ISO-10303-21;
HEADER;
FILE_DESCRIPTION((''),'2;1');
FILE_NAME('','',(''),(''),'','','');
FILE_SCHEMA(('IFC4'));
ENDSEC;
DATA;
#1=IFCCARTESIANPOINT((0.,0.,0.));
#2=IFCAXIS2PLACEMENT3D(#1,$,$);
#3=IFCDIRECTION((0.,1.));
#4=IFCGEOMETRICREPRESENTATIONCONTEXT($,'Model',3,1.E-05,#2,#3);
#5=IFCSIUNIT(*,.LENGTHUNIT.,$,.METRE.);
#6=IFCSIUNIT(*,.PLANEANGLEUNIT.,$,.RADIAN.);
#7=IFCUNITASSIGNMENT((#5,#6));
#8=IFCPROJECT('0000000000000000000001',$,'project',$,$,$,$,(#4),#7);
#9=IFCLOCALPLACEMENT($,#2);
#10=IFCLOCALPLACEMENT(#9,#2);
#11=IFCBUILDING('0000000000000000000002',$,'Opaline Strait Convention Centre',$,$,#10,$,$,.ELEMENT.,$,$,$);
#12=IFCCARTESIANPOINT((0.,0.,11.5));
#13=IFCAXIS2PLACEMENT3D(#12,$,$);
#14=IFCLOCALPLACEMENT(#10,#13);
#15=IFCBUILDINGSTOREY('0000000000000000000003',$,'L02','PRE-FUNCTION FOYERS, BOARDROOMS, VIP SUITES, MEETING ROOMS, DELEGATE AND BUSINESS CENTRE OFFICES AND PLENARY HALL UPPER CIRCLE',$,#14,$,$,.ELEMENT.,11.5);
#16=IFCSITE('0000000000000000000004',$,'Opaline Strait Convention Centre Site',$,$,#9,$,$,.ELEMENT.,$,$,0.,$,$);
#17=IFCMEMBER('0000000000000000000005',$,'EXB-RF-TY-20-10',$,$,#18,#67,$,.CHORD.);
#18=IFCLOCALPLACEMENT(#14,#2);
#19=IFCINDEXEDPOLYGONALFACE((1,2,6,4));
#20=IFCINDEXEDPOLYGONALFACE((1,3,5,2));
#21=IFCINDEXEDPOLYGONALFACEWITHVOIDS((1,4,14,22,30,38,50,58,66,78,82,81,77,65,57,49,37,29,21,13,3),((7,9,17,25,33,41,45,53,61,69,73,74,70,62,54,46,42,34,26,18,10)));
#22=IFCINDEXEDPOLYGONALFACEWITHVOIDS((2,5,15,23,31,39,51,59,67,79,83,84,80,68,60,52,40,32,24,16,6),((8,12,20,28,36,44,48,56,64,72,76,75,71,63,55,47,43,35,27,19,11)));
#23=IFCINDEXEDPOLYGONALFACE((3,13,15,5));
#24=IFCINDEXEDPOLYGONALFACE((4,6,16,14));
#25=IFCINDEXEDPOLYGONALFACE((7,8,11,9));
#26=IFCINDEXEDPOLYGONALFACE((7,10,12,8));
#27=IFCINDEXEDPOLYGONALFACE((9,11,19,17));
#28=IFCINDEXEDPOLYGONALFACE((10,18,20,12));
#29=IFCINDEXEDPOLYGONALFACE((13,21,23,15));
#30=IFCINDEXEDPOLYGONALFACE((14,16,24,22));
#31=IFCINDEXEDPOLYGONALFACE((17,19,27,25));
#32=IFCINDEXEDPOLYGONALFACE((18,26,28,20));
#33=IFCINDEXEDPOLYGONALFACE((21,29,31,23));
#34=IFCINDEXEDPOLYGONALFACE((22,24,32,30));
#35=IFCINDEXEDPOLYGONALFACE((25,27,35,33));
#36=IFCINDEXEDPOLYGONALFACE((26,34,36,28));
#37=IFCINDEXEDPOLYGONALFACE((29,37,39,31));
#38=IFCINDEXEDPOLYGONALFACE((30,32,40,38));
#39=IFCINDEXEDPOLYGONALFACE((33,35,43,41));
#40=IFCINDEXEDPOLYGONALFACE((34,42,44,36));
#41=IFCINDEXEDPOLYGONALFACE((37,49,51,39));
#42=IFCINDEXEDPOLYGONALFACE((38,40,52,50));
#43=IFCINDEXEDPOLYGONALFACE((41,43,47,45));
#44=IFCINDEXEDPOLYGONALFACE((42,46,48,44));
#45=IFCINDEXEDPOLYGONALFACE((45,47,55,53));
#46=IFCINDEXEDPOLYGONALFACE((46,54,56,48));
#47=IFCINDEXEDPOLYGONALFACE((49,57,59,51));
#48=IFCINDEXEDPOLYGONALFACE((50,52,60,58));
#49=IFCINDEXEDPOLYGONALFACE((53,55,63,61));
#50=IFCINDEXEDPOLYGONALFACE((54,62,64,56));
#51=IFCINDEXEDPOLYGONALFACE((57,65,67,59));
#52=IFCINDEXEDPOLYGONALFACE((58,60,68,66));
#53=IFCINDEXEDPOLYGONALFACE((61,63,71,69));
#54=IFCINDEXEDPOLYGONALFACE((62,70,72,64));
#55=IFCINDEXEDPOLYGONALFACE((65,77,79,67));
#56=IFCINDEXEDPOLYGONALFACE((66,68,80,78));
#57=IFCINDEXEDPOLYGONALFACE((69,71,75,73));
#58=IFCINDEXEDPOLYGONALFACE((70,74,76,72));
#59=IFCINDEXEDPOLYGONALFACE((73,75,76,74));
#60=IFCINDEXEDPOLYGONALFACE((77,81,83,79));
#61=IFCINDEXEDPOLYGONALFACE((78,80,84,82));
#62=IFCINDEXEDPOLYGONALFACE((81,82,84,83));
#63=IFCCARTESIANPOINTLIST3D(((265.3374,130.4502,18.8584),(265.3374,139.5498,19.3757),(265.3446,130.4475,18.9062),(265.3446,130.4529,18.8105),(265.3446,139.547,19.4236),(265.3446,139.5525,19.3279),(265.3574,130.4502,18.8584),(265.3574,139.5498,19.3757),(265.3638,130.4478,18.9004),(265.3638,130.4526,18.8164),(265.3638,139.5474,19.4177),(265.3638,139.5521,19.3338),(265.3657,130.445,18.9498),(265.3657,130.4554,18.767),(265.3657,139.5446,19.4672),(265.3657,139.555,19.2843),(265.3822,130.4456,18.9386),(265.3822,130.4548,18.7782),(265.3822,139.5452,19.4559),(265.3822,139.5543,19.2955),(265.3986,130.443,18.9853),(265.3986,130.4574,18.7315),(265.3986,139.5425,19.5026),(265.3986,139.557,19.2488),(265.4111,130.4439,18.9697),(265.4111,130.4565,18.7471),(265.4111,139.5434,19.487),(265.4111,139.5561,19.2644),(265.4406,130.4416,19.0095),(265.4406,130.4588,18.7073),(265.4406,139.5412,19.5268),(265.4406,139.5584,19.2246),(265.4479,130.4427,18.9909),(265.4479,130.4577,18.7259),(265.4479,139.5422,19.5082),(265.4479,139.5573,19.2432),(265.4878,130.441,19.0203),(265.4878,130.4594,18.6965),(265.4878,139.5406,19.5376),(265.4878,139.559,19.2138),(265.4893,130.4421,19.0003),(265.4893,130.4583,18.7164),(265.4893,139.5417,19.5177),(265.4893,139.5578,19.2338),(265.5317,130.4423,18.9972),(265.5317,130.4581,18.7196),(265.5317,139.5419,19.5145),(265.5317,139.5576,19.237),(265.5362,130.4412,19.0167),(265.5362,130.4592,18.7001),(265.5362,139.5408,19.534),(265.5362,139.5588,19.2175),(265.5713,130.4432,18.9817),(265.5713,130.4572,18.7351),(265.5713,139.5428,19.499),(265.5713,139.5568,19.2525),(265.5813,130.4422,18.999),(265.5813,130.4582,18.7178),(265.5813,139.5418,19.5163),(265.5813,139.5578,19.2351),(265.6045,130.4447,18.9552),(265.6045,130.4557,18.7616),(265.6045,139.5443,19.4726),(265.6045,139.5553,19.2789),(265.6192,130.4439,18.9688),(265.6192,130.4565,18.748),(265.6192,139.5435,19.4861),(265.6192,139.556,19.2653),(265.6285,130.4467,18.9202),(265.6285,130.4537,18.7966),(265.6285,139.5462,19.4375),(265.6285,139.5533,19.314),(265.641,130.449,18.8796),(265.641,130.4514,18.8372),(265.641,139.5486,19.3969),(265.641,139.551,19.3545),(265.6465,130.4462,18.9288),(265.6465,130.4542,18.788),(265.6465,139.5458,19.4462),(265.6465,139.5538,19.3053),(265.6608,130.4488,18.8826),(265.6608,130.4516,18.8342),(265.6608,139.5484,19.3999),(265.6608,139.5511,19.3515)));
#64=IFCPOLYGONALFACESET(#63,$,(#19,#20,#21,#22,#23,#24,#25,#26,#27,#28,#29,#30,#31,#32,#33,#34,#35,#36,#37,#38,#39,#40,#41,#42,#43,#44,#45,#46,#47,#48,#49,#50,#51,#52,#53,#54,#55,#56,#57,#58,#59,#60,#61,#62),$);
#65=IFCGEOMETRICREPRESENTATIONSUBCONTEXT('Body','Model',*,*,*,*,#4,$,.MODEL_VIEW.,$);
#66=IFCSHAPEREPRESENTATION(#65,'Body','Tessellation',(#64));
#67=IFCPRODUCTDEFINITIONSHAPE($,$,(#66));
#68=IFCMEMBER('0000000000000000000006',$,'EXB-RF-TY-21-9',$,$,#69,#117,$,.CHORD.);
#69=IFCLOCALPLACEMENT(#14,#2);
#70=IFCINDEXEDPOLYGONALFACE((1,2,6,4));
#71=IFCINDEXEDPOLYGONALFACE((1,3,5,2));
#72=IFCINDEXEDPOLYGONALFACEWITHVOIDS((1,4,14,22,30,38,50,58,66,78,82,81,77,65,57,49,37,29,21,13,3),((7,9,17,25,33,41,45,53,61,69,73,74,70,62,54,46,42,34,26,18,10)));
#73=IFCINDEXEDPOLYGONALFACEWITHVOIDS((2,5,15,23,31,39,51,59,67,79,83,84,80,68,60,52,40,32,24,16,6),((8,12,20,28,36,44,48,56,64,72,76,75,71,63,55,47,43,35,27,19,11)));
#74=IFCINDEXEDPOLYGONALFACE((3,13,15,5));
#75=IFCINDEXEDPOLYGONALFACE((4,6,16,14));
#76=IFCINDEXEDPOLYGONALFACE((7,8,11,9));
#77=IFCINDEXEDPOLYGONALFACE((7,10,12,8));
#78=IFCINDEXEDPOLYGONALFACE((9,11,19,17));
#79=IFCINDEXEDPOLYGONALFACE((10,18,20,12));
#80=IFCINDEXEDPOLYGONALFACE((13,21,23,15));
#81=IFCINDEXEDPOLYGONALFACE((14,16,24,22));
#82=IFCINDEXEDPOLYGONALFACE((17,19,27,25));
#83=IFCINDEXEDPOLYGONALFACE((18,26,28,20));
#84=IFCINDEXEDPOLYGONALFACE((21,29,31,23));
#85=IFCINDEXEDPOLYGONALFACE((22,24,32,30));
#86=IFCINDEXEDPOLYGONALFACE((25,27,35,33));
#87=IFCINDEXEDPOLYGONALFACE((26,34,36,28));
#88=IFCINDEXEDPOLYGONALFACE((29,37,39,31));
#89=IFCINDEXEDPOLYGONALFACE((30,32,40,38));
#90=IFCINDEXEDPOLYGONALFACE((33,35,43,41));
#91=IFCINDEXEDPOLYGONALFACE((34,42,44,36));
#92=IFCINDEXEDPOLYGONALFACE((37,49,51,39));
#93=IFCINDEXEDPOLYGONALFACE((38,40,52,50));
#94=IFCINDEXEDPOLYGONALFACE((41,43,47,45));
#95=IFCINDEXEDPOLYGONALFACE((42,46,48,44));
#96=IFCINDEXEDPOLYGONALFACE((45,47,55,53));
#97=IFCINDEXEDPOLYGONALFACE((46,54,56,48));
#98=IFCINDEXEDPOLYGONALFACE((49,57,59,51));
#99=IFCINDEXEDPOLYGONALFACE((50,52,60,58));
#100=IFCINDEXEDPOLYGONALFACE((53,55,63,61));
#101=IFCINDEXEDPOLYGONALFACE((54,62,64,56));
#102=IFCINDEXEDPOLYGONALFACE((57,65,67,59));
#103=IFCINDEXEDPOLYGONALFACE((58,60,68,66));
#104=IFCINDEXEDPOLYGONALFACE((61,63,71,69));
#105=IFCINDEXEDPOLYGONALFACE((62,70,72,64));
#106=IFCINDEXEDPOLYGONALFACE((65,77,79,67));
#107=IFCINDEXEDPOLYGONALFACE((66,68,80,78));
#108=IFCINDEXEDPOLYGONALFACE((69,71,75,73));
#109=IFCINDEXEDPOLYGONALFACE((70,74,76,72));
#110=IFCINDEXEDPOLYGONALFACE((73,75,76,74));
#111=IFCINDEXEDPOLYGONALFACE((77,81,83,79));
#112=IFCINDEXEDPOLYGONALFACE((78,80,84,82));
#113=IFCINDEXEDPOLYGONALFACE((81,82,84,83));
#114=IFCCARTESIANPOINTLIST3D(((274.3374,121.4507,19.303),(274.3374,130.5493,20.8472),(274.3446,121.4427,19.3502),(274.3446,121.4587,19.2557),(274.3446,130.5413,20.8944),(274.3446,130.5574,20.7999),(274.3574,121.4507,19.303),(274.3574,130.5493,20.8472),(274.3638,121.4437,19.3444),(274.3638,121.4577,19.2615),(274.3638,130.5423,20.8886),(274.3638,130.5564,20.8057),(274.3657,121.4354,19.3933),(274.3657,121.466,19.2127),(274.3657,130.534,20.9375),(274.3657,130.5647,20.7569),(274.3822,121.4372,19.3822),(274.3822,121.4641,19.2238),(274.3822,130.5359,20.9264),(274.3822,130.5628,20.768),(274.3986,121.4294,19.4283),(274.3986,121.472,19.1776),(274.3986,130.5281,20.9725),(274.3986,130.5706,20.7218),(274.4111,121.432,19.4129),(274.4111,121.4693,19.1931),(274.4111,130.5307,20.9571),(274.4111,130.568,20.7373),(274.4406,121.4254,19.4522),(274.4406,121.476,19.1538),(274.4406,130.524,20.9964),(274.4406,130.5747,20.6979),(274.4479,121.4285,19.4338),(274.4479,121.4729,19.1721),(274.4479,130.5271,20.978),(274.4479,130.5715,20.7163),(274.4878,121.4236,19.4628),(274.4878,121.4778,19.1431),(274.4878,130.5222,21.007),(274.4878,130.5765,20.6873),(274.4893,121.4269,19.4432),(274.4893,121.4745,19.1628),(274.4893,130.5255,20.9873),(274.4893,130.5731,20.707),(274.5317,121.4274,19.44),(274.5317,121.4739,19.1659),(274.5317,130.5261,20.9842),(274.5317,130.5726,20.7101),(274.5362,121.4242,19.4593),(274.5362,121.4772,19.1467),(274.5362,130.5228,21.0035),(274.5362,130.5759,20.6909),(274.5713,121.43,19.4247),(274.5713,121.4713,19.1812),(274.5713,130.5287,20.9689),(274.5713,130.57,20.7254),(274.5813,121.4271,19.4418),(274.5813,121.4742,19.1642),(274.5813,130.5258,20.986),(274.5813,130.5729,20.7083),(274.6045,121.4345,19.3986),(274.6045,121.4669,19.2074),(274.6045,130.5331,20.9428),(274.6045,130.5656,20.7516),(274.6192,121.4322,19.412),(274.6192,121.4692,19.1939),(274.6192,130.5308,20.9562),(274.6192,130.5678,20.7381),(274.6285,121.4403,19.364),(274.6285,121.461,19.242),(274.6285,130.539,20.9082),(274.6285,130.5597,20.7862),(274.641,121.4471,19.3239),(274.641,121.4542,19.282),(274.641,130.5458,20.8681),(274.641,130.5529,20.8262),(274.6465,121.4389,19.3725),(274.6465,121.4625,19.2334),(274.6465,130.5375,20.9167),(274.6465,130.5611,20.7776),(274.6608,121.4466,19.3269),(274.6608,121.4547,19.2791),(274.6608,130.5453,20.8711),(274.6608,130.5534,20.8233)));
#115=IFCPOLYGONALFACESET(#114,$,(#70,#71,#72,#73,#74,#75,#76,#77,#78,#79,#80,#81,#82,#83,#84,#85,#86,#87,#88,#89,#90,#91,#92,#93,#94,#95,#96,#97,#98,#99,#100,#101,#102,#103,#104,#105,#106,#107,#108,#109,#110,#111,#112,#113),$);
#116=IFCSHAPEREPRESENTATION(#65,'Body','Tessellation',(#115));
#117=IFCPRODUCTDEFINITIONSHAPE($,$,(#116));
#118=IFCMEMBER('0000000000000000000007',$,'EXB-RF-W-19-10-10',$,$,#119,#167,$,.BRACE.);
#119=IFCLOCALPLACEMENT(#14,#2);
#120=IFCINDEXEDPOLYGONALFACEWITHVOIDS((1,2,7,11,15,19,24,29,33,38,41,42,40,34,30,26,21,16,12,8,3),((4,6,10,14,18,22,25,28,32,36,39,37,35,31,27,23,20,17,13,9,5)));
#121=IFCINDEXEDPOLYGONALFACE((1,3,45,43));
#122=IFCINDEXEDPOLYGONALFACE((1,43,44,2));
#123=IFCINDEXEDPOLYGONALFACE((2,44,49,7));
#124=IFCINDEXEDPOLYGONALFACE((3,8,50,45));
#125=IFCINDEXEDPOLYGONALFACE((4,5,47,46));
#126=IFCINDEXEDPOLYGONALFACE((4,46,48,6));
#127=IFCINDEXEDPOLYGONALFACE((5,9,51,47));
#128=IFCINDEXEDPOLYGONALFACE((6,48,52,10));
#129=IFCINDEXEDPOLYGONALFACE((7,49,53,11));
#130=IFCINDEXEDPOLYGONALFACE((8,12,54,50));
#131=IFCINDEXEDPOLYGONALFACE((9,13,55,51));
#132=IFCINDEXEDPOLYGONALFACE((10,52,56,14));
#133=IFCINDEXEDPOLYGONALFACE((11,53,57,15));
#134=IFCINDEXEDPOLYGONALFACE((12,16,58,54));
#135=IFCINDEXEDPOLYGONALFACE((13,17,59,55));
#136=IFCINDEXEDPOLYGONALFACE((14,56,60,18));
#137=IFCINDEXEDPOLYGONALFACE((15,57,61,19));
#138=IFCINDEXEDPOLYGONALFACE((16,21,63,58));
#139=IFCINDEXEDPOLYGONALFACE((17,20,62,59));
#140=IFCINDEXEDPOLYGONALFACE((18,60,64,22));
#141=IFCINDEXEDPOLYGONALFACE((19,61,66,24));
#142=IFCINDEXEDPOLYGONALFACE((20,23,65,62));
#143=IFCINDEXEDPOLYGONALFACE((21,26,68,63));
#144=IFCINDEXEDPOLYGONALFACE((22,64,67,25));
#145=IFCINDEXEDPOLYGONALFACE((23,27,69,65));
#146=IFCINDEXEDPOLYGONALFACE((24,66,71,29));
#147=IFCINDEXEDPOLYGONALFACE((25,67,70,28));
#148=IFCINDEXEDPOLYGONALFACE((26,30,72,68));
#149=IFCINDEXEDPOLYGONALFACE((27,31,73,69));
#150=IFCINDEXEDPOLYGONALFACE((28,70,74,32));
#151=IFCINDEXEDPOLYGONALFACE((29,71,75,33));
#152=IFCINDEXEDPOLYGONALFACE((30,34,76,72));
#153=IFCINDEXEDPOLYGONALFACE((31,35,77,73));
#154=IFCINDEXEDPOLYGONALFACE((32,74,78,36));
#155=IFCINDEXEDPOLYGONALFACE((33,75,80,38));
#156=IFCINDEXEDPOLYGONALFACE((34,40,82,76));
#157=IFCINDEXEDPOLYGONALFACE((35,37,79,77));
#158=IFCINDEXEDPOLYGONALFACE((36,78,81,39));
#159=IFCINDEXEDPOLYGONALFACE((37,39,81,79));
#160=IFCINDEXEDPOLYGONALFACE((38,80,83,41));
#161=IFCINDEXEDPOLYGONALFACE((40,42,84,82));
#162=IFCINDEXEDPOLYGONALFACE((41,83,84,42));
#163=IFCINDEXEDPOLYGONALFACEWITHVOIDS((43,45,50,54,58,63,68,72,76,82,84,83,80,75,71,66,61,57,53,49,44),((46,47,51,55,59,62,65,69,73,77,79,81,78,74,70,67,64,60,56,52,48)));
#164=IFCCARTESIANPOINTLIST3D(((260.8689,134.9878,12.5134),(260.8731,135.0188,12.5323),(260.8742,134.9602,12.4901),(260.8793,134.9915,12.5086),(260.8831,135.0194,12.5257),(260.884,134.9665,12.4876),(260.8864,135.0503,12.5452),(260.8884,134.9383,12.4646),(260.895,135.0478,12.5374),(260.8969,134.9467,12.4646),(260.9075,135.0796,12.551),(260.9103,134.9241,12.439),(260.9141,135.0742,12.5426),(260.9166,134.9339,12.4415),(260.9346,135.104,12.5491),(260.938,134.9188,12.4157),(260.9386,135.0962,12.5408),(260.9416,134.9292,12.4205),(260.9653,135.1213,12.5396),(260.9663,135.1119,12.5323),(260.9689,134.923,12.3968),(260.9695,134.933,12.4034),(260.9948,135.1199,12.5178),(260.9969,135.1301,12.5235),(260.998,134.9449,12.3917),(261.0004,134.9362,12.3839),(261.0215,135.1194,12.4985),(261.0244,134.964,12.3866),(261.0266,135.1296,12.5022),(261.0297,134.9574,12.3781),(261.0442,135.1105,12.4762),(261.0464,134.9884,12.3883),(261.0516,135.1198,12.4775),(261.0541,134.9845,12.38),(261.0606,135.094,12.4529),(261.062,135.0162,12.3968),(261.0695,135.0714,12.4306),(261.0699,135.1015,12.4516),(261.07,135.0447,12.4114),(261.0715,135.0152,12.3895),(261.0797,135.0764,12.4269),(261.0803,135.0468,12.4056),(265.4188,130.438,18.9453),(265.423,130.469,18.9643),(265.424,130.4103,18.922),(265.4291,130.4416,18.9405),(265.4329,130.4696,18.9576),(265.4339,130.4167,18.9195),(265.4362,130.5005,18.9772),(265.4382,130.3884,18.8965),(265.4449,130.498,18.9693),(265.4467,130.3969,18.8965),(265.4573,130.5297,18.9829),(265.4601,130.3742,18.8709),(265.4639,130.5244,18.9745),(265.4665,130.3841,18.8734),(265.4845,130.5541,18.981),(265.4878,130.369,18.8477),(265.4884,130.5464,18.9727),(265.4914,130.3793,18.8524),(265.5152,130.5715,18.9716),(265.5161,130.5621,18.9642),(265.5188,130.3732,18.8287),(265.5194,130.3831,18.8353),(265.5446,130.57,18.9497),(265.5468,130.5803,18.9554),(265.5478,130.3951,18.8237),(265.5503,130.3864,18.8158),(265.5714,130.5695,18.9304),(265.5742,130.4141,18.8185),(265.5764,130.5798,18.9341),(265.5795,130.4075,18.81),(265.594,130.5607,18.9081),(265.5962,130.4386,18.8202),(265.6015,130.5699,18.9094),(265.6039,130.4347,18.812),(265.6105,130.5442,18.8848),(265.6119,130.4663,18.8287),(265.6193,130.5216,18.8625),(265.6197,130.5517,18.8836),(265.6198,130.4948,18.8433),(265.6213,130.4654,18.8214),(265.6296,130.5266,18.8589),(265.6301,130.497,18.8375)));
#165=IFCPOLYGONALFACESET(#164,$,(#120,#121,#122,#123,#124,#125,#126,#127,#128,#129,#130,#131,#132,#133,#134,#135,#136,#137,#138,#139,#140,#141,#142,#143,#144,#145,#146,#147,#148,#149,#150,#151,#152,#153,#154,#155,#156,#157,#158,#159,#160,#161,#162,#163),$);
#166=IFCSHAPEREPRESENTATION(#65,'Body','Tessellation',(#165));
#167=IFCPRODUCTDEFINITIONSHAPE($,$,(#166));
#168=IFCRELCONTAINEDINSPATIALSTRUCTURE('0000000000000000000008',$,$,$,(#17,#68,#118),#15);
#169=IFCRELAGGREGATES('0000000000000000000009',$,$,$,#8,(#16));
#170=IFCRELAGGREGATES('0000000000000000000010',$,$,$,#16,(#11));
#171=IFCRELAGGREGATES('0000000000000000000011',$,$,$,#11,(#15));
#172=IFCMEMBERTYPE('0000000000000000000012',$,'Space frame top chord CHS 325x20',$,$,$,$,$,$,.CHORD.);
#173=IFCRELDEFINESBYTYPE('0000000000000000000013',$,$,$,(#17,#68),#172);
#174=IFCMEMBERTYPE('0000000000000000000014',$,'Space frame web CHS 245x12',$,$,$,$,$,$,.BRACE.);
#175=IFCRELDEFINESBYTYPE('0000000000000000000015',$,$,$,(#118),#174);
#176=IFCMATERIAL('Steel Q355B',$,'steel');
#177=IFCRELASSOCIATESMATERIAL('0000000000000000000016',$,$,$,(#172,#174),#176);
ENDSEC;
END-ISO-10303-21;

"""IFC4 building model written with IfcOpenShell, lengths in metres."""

from ifc_helpers import new_model, si_unit, direction, frame, origin, origin_2d, place, context, subcontext, project, spatial, hollow_circle, extrude, material, material_profile, profile_set, type_object, element, save


model = new_model("IFC4")

# Units and contexts
model_context = context("Model", 3, precision=1e-05, world=origin(), true_north=direction((0.0, 1.0)))
body_context = subcontext(model_context, "Body", "Model", "MODEL_VIEW")
ifc_project = project(units=[si_unit("LENGTHUNIT", "METRE"), si_unit("PLANEANGLEUNIT", "RADIAN")], contexts=[model_context])

# Site, building, storey
site_placement = place(None, origin())
site = spatial("IfcSite", under=ifc_project, at=site_placement, Name="Opaline Strait Convention Centre Site", CompositionType="ELEMENT", RefElevation=0.0)
building_placement = place(site_placement, origin())
building = spatial("IfcBuilding", under=site, at=building_placement, Name="Opaline Strait Convention Centre", CompositionType="ELEMENT")
storey_placement = place(building_placement, frame((0.0, 0.0, 11.5)))
storey = spatial("IfcBuildingStorey", under=building, at=storey_placement, Name="L02", Description="PRE-FUNCTION FOYERS, BOARDROOMS, VIP SUITES, MEETING ROOMS, DELEGATE AND BUSINESS CENTRE OFFICES AND PLENARY HALL UPPER CIRCLE", CompositionType="ELEMENT", Elevation=11.5)

# Members
ifc_material_1 = material(Name="Steel Q355B", Category="steel")
ifc_material_profile_1 = material_profile(ifc_material_1, hollow_circle(Radius=0.1626, WallThickness=0.02, at=origin_2d()), Name="CHS 325x20")
ifc_profile_set_1 = profile_set([ifc_material_profile_1], Name="Steel Q355B")
member_type_1 = type_object("IfcMemberType", Name="Space frame top chord CHS 325x20", PredefinedType="CHORD", material=ifc_profile_set_1)
member_1_placement = place(storey_placement, frame((265.5, 130.4502, 18.8584), z_axis=(0.0, 0.998388, 0.056761), x_axis=(-1.0, 0.0, 0.0)))
element("IfcMember", 1, at=member_1_placement, inside=storey, type_object=member_type_1, Name="EXB-RF-TY-20-10", PredefinedType="CHORD", context=body_context, shape_type="SweptSolid", body=[
    extrude(hollow_circle(Radius=0.1626, WallThickness=0.02, at=origin_2d()), origin(), (0.0, 0.0, 1.0), 9.1143),
])
member_2_placement = place(storey_placement, frame((274.5, 121.4507, 19.303), z_axis=(0.0, 0.985902, 0.167324), x_axis=(-1.0, 0.0, 0.0)))
element("IfcMember", 2, at=member_2_placement, inside=storey, type_object=member_type_1, Name="EXB-RF-TY-21-9", PredefinedType="CHORD", context=body_context, shape_type="SweptSolid", body=[
    extrude(hollow_circle(Radius=0.1626, WallThickness=0.02, at=origin_2d()), origin(), (0.0, 0.0, 1.0), 9.2288),
])
ifc_material_profile_2 = material_profile(ifc_material_1, hollow_circle(Radius=0.1226, WallThickness=0.012, at=origin_2d()), Name="CHS 245x12")
ifc_profile_set_2 = profile_set([ifc_material_profile_2], Name="Steel Q355B")
member_type_2 = type_object("IfcMemberType", Name="Space frame web CHS 245x12", PredefinedType="BRACE", material=ifc_profile_set_2)
member_3_placement = place(storey_placement, frame((265.5249, 130.4751, 18.8965), z_axis=(-0.500098, 0.500098, -0.706969), x_axis=(-0.707107, -0.707107, 0.0)))
element("IfcMember", 3, at=member_3_placement, inside=storey, type_object=member_type_2, Name="EXB-RF-W-19-10-10", PredefinedType="BRACE", context=body_context, shape_type="SweptSolid", body=[
    extrude(hollow_circle(Radius=0.1226, WallThickness=0.012, at=origin_2d()), origin(), (0.0, 0.0, 1.0), 9.0979),
])

save(model, "model.ifc")
